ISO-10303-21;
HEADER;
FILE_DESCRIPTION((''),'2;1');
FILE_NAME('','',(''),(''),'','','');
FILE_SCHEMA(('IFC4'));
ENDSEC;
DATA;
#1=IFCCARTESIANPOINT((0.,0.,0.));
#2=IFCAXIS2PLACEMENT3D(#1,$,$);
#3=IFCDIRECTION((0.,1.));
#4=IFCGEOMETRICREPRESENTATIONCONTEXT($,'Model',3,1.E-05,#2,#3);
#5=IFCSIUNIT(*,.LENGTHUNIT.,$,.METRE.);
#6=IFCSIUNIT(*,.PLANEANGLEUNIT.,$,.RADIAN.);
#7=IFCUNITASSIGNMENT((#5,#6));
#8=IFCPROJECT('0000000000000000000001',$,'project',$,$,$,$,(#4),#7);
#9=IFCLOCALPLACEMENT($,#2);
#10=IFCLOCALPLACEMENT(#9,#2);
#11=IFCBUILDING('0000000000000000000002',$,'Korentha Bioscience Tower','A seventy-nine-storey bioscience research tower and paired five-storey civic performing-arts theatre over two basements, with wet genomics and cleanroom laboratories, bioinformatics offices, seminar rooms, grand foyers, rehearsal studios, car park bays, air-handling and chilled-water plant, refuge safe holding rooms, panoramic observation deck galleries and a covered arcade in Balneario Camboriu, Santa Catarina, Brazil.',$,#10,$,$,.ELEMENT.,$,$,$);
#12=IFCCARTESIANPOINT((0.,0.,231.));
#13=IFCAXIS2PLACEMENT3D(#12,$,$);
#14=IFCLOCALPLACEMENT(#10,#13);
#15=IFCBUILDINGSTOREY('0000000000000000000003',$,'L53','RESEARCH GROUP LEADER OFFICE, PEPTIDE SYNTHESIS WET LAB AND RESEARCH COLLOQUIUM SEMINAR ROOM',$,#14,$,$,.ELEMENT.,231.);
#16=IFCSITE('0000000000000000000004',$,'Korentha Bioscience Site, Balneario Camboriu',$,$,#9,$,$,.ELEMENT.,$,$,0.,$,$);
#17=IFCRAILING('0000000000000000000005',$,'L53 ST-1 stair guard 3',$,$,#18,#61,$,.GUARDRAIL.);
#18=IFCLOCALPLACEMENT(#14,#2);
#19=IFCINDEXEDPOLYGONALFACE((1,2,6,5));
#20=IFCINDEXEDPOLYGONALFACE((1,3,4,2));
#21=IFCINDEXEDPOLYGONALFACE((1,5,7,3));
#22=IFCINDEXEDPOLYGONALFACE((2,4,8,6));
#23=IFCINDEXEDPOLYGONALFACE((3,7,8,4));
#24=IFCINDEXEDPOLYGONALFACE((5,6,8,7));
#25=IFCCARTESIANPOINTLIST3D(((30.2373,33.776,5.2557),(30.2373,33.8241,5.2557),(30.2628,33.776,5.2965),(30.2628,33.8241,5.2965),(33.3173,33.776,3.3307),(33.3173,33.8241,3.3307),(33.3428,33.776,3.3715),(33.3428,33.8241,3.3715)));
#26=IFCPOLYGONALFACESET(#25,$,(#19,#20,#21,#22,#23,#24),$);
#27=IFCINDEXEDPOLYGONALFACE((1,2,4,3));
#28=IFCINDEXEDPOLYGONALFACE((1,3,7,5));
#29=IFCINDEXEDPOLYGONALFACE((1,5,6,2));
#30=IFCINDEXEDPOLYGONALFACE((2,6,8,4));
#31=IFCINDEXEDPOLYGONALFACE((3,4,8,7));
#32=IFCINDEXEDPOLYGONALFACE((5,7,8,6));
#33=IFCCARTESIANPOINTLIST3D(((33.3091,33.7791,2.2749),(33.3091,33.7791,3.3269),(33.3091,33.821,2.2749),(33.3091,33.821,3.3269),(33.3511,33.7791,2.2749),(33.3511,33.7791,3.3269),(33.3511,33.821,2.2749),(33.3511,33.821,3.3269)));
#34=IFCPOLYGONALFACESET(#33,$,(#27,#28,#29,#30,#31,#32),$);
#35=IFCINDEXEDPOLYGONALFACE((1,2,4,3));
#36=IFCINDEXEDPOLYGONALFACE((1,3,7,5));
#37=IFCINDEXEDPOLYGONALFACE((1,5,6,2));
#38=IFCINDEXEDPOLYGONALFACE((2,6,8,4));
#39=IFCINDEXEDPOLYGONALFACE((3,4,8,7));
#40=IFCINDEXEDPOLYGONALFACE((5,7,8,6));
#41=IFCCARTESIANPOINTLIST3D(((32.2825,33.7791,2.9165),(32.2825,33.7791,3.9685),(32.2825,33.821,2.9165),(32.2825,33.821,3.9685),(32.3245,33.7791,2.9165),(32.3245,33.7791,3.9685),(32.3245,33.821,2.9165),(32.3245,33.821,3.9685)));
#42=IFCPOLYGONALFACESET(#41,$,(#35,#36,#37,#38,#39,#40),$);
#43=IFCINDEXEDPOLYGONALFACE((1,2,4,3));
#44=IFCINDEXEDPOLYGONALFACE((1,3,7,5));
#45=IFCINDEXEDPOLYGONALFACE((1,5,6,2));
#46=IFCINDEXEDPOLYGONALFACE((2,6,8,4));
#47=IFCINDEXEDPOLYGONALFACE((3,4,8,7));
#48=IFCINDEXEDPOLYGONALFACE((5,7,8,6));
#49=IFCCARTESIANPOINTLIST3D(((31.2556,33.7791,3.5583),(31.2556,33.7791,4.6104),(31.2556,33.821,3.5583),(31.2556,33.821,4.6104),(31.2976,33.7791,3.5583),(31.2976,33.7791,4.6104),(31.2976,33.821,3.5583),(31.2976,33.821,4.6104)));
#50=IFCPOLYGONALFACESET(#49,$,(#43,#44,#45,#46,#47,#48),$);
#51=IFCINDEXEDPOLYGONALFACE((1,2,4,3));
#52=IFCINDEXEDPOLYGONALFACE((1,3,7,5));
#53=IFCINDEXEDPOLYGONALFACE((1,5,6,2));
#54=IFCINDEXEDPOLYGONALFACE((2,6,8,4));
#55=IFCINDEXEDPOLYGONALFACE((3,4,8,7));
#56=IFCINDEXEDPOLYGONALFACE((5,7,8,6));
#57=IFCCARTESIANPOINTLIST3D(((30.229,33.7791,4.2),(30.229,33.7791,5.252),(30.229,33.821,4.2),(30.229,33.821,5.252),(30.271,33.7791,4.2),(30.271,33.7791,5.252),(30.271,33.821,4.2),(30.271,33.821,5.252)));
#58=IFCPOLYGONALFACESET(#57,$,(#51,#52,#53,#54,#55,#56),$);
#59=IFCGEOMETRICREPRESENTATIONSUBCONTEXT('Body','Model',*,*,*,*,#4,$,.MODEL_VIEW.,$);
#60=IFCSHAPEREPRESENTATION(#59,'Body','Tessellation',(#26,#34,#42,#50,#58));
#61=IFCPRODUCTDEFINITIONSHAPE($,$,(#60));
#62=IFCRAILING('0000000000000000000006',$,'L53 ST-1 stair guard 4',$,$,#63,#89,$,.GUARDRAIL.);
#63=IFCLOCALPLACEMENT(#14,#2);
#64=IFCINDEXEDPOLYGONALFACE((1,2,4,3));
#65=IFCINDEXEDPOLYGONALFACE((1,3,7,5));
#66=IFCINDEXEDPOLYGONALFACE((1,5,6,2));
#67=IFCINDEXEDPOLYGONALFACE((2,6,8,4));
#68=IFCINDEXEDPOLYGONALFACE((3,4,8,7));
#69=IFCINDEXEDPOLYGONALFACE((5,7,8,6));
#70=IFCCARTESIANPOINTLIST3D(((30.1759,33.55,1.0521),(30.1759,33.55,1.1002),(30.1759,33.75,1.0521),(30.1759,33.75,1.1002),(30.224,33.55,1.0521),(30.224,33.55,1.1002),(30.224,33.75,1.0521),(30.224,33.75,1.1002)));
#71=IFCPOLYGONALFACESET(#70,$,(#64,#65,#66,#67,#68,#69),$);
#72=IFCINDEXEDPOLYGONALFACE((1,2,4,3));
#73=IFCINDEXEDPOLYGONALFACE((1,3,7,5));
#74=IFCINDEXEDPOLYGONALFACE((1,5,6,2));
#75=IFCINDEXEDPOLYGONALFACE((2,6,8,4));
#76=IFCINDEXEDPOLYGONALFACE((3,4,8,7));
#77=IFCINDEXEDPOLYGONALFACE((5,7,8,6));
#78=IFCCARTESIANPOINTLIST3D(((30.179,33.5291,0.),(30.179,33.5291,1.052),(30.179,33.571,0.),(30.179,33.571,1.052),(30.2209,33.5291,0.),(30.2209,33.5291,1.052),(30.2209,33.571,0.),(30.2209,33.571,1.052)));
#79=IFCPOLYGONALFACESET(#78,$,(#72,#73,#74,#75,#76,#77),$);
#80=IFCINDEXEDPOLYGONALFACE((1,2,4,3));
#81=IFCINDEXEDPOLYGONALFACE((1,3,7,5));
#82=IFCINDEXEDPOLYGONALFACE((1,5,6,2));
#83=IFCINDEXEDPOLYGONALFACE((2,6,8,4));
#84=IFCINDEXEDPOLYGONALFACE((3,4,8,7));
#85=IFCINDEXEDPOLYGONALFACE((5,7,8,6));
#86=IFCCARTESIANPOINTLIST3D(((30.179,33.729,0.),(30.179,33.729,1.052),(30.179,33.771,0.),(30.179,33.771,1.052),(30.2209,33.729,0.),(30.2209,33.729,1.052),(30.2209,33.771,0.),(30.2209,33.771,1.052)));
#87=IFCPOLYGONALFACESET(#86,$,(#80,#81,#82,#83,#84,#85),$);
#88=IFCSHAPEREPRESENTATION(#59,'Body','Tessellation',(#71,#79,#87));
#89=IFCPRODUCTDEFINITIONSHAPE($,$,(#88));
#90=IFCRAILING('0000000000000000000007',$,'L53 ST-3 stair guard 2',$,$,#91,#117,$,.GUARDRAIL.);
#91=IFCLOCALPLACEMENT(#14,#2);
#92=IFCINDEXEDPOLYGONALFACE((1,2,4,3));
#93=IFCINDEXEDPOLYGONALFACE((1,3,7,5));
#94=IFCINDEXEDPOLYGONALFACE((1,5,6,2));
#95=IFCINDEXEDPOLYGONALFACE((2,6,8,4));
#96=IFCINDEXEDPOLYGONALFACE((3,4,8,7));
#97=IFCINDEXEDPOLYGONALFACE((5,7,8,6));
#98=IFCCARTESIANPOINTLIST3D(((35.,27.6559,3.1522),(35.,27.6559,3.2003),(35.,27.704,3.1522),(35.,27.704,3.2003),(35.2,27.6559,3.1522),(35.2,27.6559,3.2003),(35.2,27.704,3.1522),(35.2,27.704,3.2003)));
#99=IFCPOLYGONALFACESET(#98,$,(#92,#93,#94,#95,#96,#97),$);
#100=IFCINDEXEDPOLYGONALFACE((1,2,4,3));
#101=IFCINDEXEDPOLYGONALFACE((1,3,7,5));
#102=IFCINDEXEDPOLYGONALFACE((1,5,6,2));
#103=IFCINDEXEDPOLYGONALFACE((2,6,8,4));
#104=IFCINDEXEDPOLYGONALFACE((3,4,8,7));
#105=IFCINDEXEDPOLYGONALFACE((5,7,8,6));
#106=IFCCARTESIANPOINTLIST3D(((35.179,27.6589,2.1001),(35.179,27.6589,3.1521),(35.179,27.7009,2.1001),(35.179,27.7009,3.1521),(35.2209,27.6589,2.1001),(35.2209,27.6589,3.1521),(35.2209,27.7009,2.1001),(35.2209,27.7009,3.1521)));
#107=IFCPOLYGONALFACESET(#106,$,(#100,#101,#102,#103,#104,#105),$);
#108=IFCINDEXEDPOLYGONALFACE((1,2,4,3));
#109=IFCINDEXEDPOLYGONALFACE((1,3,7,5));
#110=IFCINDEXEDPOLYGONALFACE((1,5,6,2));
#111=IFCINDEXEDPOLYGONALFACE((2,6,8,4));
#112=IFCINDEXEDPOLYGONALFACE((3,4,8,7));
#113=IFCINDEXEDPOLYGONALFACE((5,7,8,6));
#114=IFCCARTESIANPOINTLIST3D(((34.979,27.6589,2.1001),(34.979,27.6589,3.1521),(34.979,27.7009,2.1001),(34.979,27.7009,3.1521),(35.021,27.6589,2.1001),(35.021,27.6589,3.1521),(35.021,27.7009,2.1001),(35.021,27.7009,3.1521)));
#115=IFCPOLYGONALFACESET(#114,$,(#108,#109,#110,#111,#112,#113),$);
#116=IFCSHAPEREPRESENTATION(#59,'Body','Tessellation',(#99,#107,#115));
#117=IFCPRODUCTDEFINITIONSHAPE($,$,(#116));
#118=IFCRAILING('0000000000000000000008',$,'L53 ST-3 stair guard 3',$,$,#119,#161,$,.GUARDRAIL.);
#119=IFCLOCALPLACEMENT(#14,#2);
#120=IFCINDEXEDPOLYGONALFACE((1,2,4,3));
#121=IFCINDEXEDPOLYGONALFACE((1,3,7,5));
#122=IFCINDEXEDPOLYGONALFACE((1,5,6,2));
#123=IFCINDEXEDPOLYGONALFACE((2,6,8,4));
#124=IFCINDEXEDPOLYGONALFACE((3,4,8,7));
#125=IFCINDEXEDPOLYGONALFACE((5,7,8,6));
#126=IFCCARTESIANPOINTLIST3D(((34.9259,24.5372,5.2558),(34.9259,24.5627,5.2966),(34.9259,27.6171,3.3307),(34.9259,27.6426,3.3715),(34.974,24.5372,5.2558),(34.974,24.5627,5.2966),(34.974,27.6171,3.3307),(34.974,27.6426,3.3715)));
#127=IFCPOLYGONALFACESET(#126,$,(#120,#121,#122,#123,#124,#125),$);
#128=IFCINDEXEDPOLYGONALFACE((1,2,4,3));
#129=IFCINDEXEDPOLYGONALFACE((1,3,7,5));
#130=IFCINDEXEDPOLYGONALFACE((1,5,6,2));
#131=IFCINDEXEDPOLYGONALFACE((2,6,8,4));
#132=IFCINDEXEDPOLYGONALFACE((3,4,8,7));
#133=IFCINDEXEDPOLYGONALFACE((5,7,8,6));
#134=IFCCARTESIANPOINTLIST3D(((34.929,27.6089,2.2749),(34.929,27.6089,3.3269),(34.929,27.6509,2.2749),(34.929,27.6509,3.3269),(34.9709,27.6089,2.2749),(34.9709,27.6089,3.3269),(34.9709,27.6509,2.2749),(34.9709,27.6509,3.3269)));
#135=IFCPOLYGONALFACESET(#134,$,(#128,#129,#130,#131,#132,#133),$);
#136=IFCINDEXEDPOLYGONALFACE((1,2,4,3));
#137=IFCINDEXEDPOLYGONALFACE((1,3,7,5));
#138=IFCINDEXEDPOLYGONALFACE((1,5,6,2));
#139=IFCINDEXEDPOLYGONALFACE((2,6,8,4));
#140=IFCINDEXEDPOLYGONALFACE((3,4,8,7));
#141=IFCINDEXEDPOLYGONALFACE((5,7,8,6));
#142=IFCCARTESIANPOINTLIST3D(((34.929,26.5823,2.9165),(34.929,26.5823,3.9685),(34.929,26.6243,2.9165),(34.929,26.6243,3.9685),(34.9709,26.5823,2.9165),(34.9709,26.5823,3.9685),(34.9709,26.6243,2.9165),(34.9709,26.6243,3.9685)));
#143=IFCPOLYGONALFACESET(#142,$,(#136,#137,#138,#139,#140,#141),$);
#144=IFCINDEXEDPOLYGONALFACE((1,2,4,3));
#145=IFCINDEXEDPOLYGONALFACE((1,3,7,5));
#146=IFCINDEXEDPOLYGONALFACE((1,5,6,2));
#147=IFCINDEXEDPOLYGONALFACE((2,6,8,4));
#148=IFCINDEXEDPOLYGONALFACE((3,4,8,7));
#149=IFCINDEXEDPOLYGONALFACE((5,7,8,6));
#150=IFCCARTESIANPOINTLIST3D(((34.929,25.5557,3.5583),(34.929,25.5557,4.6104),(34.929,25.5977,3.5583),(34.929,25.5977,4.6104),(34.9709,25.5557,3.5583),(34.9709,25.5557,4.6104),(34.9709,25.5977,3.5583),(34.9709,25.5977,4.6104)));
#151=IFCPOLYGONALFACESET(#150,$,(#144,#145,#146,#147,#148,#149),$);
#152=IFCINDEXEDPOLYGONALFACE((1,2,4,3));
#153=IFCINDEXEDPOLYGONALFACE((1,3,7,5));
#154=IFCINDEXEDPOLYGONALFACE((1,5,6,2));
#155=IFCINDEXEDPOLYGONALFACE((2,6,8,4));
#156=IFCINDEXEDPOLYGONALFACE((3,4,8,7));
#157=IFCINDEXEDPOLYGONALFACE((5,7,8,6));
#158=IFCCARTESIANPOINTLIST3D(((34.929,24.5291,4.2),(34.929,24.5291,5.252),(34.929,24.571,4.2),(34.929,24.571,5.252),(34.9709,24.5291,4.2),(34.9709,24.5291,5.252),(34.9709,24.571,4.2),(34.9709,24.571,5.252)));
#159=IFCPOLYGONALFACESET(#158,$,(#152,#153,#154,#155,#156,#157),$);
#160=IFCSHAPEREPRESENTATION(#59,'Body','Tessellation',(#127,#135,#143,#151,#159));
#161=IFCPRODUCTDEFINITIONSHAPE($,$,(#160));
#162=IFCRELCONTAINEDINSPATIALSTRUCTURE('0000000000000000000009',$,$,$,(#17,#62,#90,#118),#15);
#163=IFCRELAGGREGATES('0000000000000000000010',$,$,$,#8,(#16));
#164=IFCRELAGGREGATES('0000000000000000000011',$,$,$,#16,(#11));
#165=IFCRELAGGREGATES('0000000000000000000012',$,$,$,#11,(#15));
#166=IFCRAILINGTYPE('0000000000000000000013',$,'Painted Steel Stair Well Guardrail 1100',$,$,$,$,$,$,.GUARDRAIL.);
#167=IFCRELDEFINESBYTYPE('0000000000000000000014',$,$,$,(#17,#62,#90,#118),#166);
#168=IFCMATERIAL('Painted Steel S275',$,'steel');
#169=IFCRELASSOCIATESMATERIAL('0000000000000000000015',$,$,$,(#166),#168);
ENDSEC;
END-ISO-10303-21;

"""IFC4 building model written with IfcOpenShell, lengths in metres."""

from ifc_helpers import new_model, si_unit, direction, frame, origin, origin_2d, place, context, subcontext, project, spatial, rectangle, extrude, material, type_object, element, save


model = new_model("IFC4")

# Units and contexts
model_context = context("Model", 3, precision=1e-05, world=origin(), true_north=direction((0.0, 1.0)))
body_context = subcontext(model_context, "Body", "Model", "MODEL_VIEW")
ifc_project = project(units=[si_unit("LENGTHUNIT", "METRE"), si_unit("PLANEANGLEUNIT", "RADIAN")], contexts=[model_context])

# Site, building, storey
site_placement = place(None, origin())
site = spatial("IfcSite", under=ifc_project, at=site_placement, Name="Korentha Bioscience Site, Balneario Camboriu", CompositionType="ELEMENT", RefElevation=0.0)
building_placement = place(site_placement, origin())
building = spatial("IfcBuilding", under=site, at=building_placement, Name="Korentha Bioscience Tower", Description="A seventy-nine-storey bioscience research tower and paired five-storey civic performing-arts theatre over two basements, with wet genomics and cleanroom laboratories, bioinformatics offices, seminar rooms, grand foyers, rehearsal studios, car park bays, air-handling and chilled-water plant, refuge safe holding rooms, panoramic observation deck galleries and a covered arcade in Balneario Camboriu, Santa Catarina, Brazil.", CompositionType="ELEMENT")
storey_placement = place(building_placement, frame((0.0, 0.0, 231.0)))
storey = spatial("IfcBuildingStorey", under=building, at=storey_placement, Name="L53", Description="RESEARCH GROUP LEADER OFFICE, PEPTIDE SYNTHESIS WET LAB AND RESEARCH COLLOQUIUM SEMINAR ROOM", CompositionType="ELEMENT", Elevation=231.0)

# Railings
ifc_material_1 = material(Name="Painted Steel S275", Category="steel")
railing_type_1 = type_object("IfcRailingType", Name="Painted Steel Stair Well Guardrail 1100", PredefinedType="GUARDRAIL", material=ifc_material_1)
railing_1_placement = place(storey_placement, frame((33.3301, 33.8, 2.2749)))
element("IfcRailing", 1, at=railing_1_placement, inside=storey, type_object=railing_type_1, Name="L53 ST-1 stair guard 3", PredefinedType="GUARDRAIL", context=body_context, shape_type="SweptSolid", body=[
    extrude(rectangle(XDim=0.0481, YDim=0.0481, at=origin_2d()), frame((0.0, 0.0, 1.0762), z_axis=(-0.847998, 0.0, 0.529999), x_axis=(0.0, -1.0, 0.0)), (0.0, 0.0, 1.0), 3.6321),
    extrude(rectangle(XDim=0.042, YDim=0.042, at=origin_2d()), origin(), (0.0, 0.0, 1.0), 1.052),
    extrude(rectangle(XDim=0.042, YDim=0.042, at=origin_2d()), frame((-1.0266, 0.0, 0.6416)), (0.0, 0.0, 1.0), 1.052),
    extrude(rectangle(XDim=0.042, YDim=0.042, at=origin_2d()), frame((-2.0535, 0.0, 1.2834)), (0.0, 0.0, 1.0), 1.052),
    extrude(rectangle(XDim=0.042, YDim=0.042, at=origin_2d()), frame((-3.0801, 0.0, 1.925)), (0.0, 0.0, 1.0), 1.052),
])
railing_2_placement = place(storey_placement, frame((30.2, 33.55, 0.0)))
element("IfcRailing", 2, at=railing_2_placement, inside=storey, type_object=railing_type_1, Name="L53 ST-1 stair guard 4", PredefinedType="GUARDRAIL", context=body_context, shape_type="SweptSolid", body=[
    extrude(rectangle(XDim=0.0481, YDim=0.0481, at=origin_2d()), frame((0.0, 0.0, 1.0762), z_axis=(0.0, 1.0, 0.0), x_axis=(-1.0, 0.0, 0.0)), (0.0, 0.0, 1.0), 0.2),
    extrude(rectangle(XDim=0.042, YDim=0.042, at=origin_2d()), origin(), (0.0, 0.0, 1.0), 1.052),
    extrude(rectangle(XDim=0.042, YDim=0.042, at=origin_2d()), frame((0.0, 0.2, 0.0)), (0.0, 0.0, 1.0), 1.052),
])
railing_3_placement = place(storey_placement, frame((35.2, 27.6799, 2.1001)))
element("IfcRailing", 3, at=railing_3_placement, inside=storey, type_object=railing_type_1, Name="L53 ST-3 stair guard 2", PredefinedType="GUARDRAIL", context=body_context, shape_type="SweptSolid", body=[
    extrude(rectangle(XDim=0.0481, YDim=0.0481, at=origin_2d()), frame((0.0, 0.0, 1.0762), z_axis=(-1.0, 0.0, 0.0), x_axis=(0.0, -1.0, 0.0)), (0.0, 0.0, 1.0), 0.2),
    extrude(rectangle(XDim=0.042, YDim=0.042, at=origin_2d()), origin(), (0.0, 0.0, 1.0), 1.052),
    extrude(rectangle(XDim=0.042, YDim=0.042, at=origin_2d()), frame((-0.2, 0.0, 0.0)), (0.0, 0.0, 1.0), 1.052),
])
railing_4_placement = place(storey_placement, frame((34.95, 27.6299, 2.2749)))
element("IfcRailing", 4, at=railing_4_placement, inside=storey, type_object=railing_type_1, Name="L53 ST-3 stair guard 3", PredefinedType="GUARDRAIL", context=body_context, shape_type="SweptSolid", body=[
    extrude(rectangle(XDim=0.0481, YDim=0.0481, at=origin_2d()), frame((0.0, 0.0, 1.0762), z_axis=(0.0, -0.847979, 0.530029), x_axis=(1.0, 0.0, 0.0)), (0.0, 0.0, 1.0), 3.6321),
    extrude(rectangle(XDim=0.042, YDim=0.042, at=origin_2d()), origin(), (0.0, 0.0, 1.0), 1.052),
    extrude(rectangle(XDim=0.042, YDim=0.042, at=origin_2d()), frame((0.0, -1.0266, 0.6416)), (0.0, 0.0, 1.0), 1.052),
    extrude(rectangle(XDim=0.042, YDim=0.042, at=origin_2d()), frame((0.0, -2.0532, 1.2834)), (0.0, 0.0, 1.0), 1.052),
    extrude(rectangle(XDim=0.042, YDim=0.042, at=origin_2d()), frame((0.0, -3.0798, 1.925)), (0.0, 0.0, 1.0), 1.052),
])

save(model, "model.ifc")
